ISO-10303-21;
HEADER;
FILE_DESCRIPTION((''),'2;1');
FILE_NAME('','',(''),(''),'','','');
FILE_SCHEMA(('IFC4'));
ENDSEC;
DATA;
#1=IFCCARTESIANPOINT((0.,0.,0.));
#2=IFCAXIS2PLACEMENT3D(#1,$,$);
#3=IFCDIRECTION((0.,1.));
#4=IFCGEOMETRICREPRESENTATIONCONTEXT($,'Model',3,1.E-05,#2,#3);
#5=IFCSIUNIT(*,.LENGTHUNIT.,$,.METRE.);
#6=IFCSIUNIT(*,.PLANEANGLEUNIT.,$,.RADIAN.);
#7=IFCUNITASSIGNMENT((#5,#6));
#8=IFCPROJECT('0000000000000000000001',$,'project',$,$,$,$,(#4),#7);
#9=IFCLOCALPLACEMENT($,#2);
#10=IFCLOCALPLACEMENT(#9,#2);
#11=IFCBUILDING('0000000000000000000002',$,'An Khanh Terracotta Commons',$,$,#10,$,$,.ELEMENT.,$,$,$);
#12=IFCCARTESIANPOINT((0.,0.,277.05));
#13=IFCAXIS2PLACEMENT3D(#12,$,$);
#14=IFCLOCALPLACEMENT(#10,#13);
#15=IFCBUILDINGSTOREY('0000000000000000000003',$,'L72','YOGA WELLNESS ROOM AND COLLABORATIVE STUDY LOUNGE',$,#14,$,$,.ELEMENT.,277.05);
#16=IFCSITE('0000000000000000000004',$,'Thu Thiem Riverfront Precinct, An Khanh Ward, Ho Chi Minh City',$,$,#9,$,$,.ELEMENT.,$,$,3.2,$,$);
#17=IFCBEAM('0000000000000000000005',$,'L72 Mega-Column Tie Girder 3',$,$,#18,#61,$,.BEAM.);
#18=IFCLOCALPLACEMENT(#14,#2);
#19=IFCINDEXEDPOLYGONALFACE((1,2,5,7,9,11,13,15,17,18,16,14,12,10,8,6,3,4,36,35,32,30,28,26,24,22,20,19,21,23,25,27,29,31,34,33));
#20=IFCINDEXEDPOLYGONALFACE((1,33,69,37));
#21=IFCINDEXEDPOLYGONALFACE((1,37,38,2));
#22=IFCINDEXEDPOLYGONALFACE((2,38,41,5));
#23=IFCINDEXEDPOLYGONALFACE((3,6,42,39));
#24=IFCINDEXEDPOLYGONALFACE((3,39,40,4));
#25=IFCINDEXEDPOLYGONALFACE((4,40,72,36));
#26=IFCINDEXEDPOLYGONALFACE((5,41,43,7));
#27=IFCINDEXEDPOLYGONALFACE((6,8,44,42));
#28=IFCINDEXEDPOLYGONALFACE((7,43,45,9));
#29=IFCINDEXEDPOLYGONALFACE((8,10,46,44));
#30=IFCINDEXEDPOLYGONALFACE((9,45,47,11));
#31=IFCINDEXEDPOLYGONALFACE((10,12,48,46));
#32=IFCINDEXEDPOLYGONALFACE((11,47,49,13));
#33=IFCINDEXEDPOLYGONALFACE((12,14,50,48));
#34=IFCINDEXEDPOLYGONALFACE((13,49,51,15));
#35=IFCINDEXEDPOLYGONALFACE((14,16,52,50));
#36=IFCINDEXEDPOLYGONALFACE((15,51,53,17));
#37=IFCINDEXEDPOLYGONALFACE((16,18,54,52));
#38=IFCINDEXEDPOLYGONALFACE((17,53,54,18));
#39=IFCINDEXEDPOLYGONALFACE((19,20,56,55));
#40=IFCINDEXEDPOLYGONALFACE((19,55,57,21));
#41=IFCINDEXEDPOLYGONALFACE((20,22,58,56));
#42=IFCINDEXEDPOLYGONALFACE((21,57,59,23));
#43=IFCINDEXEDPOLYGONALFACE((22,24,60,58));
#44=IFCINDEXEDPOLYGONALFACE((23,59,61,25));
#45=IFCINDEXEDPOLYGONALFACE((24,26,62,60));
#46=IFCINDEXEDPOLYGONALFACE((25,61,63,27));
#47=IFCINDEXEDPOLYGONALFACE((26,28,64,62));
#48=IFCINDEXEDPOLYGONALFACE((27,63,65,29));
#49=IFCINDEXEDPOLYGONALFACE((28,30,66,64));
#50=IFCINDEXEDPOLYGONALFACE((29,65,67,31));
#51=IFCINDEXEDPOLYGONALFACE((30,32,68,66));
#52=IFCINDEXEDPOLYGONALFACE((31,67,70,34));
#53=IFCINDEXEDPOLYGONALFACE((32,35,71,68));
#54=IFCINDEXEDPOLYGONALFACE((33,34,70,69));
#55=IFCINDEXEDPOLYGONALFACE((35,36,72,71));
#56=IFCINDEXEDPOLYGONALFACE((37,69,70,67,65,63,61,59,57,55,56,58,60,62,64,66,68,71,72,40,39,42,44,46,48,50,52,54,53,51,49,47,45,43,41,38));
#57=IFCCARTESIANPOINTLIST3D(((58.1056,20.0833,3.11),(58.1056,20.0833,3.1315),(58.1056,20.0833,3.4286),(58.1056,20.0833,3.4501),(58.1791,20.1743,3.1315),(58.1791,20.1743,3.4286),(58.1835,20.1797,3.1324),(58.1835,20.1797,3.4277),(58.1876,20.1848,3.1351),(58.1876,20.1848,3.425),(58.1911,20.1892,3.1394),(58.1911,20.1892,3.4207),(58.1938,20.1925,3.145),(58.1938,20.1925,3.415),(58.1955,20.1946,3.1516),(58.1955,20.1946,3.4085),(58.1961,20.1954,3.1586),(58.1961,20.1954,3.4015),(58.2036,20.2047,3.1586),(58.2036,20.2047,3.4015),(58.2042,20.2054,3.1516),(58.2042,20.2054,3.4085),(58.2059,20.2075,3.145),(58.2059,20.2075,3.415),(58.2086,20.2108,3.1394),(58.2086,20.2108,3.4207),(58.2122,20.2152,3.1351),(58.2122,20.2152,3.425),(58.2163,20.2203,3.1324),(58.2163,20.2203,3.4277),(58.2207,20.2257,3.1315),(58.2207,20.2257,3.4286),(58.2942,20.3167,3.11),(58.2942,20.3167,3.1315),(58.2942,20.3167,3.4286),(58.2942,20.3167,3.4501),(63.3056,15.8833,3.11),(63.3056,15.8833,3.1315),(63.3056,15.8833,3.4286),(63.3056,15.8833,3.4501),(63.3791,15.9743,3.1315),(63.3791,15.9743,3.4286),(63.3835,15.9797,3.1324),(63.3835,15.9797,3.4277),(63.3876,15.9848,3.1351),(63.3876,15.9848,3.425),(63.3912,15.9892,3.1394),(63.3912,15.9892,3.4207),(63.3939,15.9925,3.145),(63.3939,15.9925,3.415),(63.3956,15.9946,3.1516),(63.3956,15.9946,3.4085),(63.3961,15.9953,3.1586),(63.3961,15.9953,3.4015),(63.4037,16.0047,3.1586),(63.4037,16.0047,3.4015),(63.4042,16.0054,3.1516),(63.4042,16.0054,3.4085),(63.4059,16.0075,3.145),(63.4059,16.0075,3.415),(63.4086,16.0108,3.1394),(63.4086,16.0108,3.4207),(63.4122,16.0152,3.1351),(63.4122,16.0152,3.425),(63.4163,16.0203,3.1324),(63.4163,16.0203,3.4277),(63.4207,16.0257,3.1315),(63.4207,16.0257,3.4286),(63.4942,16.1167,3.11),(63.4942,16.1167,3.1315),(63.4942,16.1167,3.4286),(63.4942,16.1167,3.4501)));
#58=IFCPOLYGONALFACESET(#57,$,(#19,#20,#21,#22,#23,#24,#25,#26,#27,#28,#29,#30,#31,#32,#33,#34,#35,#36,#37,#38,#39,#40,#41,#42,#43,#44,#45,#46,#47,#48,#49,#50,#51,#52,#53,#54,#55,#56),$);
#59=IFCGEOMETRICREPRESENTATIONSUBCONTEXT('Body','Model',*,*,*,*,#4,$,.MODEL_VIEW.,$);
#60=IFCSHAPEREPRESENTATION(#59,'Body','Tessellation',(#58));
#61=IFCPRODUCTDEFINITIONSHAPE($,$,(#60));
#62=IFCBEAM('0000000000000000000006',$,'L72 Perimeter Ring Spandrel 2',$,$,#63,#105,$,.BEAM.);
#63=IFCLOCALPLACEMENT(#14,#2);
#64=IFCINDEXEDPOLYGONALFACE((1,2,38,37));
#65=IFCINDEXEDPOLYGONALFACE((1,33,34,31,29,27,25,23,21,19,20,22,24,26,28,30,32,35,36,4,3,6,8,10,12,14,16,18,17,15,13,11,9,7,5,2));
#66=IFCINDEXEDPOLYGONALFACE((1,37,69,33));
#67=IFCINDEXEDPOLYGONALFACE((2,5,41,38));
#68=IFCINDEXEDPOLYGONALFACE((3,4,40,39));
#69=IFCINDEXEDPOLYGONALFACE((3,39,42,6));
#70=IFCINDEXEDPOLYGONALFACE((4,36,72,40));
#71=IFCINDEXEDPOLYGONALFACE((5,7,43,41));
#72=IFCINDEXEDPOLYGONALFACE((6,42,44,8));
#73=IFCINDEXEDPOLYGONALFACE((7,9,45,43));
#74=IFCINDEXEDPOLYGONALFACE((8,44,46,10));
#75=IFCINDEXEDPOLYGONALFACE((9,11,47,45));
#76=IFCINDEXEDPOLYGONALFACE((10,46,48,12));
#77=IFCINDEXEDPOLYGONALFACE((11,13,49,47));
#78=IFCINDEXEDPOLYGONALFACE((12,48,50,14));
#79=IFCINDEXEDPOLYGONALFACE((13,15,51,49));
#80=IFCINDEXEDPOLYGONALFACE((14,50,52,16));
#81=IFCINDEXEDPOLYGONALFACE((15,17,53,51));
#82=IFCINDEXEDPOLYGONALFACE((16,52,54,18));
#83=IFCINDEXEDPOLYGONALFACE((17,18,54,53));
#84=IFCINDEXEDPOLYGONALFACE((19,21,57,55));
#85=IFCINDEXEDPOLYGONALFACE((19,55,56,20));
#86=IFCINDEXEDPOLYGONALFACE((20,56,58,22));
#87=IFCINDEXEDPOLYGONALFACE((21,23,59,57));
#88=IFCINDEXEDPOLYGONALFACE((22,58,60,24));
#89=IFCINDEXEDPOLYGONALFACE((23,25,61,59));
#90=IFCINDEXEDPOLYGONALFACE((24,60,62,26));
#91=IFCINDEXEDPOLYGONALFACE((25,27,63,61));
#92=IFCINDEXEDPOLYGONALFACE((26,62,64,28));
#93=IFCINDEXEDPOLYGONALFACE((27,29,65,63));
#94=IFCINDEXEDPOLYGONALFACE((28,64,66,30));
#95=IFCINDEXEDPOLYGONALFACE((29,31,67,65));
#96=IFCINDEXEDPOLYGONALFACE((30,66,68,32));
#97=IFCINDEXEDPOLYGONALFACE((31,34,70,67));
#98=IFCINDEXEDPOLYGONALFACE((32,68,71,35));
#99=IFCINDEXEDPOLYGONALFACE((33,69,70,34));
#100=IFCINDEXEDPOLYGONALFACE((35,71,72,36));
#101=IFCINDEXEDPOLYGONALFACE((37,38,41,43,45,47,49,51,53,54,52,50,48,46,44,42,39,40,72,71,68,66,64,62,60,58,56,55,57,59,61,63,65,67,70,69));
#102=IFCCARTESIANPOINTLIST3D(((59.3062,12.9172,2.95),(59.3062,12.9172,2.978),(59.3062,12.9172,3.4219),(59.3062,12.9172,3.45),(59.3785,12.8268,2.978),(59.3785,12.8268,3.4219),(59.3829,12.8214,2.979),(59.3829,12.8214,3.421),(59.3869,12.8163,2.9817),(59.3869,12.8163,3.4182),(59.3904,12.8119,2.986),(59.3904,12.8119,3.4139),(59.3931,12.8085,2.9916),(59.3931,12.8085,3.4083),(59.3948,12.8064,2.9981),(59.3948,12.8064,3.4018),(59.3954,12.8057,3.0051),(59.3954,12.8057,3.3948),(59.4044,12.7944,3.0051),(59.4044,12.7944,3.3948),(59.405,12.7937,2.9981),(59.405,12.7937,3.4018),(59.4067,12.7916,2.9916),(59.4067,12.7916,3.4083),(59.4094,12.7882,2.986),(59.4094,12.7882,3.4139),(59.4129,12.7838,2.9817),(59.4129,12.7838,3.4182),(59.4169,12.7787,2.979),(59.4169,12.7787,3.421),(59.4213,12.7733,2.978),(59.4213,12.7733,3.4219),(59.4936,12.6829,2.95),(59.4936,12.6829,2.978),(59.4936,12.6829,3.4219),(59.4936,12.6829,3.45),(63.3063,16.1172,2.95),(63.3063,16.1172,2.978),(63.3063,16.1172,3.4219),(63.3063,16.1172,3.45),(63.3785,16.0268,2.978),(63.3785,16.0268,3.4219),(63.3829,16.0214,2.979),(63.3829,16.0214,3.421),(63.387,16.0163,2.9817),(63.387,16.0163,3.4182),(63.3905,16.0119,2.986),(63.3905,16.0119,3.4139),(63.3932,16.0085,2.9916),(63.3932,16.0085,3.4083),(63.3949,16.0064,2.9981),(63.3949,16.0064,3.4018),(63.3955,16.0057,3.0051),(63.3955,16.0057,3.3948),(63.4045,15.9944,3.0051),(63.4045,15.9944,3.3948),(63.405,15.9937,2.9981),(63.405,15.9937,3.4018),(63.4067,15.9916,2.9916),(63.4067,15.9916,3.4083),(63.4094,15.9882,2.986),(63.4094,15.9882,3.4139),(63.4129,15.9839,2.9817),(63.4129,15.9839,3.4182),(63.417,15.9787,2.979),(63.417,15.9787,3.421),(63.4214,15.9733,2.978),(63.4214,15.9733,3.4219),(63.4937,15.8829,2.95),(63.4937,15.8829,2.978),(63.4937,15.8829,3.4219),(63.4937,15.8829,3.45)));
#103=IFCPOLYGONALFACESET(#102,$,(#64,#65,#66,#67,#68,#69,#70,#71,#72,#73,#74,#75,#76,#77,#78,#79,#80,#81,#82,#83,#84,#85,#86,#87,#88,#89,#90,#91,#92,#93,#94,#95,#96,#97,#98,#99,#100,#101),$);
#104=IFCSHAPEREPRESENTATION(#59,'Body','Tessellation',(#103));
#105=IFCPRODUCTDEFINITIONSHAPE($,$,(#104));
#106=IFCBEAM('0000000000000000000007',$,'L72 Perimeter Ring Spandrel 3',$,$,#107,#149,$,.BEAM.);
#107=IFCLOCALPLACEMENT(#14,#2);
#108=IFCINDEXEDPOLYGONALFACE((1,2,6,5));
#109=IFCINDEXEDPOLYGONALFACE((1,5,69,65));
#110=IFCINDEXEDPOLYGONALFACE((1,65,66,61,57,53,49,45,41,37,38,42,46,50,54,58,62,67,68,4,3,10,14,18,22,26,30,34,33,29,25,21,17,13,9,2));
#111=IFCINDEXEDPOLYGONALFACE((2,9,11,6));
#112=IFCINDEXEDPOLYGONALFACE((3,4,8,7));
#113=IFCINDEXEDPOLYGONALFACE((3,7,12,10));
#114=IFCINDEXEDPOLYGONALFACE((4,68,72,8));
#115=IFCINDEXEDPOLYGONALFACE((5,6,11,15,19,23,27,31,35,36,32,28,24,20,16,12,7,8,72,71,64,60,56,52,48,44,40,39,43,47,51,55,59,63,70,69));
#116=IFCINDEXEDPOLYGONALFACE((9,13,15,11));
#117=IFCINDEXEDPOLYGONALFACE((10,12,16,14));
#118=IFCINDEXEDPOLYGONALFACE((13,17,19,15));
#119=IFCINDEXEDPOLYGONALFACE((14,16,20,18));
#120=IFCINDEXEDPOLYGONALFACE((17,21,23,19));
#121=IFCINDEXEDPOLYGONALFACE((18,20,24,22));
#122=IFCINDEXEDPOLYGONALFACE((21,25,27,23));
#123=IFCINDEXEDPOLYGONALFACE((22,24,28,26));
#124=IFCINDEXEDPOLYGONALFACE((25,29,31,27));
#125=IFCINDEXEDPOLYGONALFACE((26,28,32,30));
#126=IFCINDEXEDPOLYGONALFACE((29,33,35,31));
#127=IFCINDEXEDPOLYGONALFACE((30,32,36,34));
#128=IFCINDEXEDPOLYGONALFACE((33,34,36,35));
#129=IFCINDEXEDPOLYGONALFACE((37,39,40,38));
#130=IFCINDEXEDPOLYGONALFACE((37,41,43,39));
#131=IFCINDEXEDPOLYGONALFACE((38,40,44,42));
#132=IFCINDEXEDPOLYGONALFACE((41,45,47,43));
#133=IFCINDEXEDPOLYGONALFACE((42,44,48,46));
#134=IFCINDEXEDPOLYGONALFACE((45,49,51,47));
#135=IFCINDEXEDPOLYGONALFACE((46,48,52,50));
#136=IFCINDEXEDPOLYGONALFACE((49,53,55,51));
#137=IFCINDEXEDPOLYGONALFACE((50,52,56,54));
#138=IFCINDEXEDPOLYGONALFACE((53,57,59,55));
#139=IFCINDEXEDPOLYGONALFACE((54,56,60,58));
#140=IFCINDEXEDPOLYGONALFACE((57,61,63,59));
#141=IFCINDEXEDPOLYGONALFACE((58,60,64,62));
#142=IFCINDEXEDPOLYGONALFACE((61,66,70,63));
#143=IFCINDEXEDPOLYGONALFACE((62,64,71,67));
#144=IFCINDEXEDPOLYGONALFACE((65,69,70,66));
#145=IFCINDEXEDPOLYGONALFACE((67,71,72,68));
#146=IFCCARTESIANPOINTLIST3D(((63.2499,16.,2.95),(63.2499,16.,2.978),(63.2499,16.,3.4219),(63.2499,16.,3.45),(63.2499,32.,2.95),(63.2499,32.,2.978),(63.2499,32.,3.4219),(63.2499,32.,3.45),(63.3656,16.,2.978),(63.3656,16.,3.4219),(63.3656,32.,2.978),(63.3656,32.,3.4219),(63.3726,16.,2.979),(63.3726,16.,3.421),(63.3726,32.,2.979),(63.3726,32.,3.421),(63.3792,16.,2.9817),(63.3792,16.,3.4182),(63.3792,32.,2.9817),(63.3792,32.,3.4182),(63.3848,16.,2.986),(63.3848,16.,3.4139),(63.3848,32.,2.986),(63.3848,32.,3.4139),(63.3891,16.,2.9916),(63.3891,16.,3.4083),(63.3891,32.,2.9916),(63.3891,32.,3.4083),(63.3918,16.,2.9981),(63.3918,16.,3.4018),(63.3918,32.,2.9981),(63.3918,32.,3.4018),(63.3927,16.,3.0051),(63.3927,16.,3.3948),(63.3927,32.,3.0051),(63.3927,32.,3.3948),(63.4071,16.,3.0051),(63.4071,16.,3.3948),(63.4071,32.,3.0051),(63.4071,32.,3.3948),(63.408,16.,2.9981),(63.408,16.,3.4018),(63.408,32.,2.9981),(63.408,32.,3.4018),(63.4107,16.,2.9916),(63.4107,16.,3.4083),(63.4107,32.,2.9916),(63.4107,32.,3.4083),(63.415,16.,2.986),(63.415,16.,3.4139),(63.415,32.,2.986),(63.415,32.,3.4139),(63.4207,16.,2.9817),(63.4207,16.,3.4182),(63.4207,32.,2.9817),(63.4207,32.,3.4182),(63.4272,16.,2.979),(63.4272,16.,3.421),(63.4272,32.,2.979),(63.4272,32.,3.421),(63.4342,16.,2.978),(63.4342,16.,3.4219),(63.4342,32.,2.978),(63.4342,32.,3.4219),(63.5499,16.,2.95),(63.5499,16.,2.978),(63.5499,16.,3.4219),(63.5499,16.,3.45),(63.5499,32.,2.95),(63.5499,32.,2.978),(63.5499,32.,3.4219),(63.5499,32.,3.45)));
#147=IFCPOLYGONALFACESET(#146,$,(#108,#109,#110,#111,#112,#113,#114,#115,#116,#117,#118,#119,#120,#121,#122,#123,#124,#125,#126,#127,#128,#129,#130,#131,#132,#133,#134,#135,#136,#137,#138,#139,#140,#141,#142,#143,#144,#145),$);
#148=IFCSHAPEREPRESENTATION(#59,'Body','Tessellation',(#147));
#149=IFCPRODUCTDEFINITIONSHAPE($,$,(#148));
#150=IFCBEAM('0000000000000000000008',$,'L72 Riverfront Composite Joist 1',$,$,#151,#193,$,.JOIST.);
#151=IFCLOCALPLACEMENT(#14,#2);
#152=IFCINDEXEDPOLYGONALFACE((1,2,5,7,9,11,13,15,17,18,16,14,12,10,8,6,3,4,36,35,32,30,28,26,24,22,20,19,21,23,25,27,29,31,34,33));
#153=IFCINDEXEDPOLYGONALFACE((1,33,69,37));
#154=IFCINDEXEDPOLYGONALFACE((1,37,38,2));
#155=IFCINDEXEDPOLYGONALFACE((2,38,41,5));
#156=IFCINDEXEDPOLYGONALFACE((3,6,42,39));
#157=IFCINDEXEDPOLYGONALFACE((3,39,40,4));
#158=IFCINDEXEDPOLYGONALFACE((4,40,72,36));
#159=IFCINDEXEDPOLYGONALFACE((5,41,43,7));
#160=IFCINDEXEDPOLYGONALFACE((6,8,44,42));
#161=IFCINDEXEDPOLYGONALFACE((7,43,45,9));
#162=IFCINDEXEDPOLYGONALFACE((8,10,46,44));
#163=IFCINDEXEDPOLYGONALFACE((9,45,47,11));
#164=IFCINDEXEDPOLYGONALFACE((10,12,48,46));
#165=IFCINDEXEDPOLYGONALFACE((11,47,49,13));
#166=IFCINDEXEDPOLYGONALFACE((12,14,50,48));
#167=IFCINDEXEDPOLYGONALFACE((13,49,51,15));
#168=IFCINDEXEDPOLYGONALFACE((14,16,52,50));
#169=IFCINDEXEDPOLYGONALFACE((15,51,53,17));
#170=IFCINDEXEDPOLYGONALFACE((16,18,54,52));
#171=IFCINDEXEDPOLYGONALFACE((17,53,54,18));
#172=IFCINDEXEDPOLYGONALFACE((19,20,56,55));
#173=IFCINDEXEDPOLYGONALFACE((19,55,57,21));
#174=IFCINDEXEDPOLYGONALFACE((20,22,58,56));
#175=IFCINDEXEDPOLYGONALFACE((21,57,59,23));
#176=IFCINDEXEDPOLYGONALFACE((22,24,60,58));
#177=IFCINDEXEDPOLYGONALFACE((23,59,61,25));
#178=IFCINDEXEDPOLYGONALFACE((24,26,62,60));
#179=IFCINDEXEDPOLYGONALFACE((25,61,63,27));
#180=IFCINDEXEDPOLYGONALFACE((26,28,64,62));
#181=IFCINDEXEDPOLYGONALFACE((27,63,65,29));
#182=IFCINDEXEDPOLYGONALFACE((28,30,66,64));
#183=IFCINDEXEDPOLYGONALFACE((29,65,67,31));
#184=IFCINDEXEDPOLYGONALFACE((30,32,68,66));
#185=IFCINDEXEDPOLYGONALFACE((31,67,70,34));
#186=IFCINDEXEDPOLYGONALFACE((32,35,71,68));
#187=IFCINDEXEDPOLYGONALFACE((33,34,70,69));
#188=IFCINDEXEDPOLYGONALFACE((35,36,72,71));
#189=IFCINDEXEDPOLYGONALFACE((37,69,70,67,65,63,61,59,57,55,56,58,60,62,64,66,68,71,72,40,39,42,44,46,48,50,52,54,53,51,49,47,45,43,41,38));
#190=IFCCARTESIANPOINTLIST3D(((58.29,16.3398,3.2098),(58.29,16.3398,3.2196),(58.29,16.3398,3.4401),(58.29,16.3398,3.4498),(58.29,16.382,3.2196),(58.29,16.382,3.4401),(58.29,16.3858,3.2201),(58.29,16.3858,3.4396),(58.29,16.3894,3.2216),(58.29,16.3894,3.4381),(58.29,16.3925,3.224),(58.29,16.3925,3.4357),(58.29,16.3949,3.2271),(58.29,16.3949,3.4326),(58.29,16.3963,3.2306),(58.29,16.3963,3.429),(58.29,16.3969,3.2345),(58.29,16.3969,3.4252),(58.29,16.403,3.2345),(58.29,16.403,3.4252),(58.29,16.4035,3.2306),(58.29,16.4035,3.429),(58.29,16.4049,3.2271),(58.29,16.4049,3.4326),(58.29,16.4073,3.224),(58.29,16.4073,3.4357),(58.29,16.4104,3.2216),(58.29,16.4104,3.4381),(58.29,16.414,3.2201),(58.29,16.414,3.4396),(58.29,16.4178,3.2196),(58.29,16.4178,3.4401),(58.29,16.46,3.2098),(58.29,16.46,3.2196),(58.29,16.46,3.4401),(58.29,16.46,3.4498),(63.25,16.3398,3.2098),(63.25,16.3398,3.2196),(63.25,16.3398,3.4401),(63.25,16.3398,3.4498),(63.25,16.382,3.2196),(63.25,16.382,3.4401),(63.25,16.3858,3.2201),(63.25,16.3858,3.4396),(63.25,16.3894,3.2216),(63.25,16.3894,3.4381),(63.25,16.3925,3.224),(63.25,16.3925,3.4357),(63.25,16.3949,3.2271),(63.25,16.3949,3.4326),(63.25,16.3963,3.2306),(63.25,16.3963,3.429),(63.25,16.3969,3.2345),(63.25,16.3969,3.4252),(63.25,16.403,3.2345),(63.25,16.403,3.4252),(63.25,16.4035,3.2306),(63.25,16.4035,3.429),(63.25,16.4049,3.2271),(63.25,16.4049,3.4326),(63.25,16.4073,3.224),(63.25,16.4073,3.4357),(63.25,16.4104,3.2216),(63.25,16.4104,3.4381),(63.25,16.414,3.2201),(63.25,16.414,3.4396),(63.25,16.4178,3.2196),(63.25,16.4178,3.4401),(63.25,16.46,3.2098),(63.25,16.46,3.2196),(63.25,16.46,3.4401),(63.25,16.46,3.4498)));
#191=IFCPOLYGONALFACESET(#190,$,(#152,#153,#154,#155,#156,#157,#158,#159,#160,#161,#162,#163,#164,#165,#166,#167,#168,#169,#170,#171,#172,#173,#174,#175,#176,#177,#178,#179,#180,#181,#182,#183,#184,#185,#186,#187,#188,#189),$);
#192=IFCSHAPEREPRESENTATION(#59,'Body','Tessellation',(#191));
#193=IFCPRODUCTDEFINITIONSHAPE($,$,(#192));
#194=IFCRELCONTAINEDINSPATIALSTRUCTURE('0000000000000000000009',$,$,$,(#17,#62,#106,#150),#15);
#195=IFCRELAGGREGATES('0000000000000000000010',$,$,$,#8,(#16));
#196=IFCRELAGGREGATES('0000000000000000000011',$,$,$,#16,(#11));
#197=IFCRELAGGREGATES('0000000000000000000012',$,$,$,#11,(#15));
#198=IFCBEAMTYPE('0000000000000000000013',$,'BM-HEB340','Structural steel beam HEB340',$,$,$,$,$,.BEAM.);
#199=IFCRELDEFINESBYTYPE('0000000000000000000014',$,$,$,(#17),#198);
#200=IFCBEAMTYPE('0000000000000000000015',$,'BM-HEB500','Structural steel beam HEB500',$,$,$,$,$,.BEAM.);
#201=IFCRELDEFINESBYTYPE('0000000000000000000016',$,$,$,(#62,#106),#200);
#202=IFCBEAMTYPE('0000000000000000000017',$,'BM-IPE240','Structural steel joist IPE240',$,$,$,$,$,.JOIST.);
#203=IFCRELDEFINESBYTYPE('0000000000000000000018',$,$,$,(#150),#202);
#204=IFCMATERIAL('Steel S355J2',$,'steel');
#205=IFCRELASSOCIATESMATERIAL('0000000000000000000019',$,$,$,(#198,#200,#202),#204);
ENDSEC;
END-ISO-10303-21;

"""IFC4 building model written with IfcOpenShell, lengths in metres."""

from ifc_helpers import new_model, si_unit, direction, frame, origin, origin_2d, place, context, subcontext, project, spatial, i_section, extrude, material, material_profile, profile_set, type_object, element, save


model = new_model("IFC4")

# Units and contexts
model_context = context("Model", 3, precision=1e-05, world=origin(), true_north=direction((0.0, 1.0)))
body_context = subcontext(model_context, "Body", "Model", "MODEL_VIEW")
ifc_project = project(units=[si_unit("LENGTHUNIT", "METRE"), si_unit("PLANEANGLEUNIT", "RADIAN")], contexts=[model_context])

# Site, building, storey
site_placement = place(None, origin())
site = spatial("IfcSite", under=ifc_project, at=site_placement, Name="Thu Thiem Riverfront Precinct, An Khanh Ward, Ho Chi Minh City", CompositionType="ELEMENT", RefElevation=3.2)
building_placement = place(site_placement, origin())
building = spatial("IfcBuilding", under=site, at=building_placement, Name="An Khanh Terracotta Commons", CompositionType="ELEMENT")
storey_placement = place(building_placement, frame((0.0, 0.0, 277.05)))
storey = spatial("IfcBuildingStorey", under=building, at=storey_placement, Name="L72", Description="YOGA WELLNESS ROOM AND COLLABORATIVE STUDY LOUNGE", CompositionType="ELEMENT", Elevation=277.05)

# Beams
ifc_material_1 = material(Name="Steel S355J2", Category="steel")
ifc_material_profile_1 = material_profile(ifc_material_1, i_section(OverallWidth=0.3, OverallDepth=0.3401, WebThickness=0.012, FlangeThickness=0.0215, FilletRadius=0.0271, at=origin_2d()), Name="HEB340")
ifc_profile_set_1 = profile_set([ifc_material_profile_1], Name="Steel S355J2")
beam_type_1 = type_object("IfcBeamType", Name="BM-HEB340", Description="Structural steel beam HEB340", PredefinedType="BEAM", material=ifc_profile_set_1)
beam_1_placement = place(storey_placement, frame((63.3999, 16.0, 3.28), z_axis=(-0.777942, 0.628336, 0.0), x_axis=(-0.628336, -0.777942, 0.0)))
element("IfcBeam", 1, at=beam_1_placement, inside=storey, type_object=beam_type_1, Name="L72 Mega-Column Tie Girder 3", PredefinedType="BEAM", context=body_context, shape_type="SweptSolid", body=[
    extrude(i_section(OverallWidth=0.3, OverallDepth=0.3401, WebThickness=0.012, FlangeThickness=0.0215, FilletRadius=0.0271, at=origin_2d()), origin(), (0.0, 0.0, 1.0), 6.6843),
])
ifc_material_profile_2 = material_profile(ifc_material_1, i_section(OverallWidth=0.3, OverallDepth=0.5, WebThickness=0.0144, FlangeThickness=0.0281, FilletRadius=0.0271, at=origin_2d()), Name="HEB500")
ifc_profile_set_2 = profile_set([ifc_material_profile_2], Name="Steel S355J2")
beam_type_2 = type_object("IfcBeamType", Name="BM-HEB500", Description="Structural steel beam HEB500", PredefinedType="BEAM", material=ifc_profile_set_2)
beam_2_placement = place(storey_placement, frame((59.3999, 12.8, 3.2), z_axis=(0.780873, 0.624689, 0.0), x_axis=(-0.624689, 0.780873, 0.0)))
element("IfcBeam", 2, at=beam_2_placement, inside=storey, type_object=beam_type_2, Name="L72 Perimeter Ring Spandrel 2", PredefinedType="BEAM", context=body_context, shape_type="SweptSolid", body=[
    extrude(i_section(OverallWidth=0.3, OverallDepth=0.5, WebThickness=0.0144, FlangeThickness=0.0281, FilletRadius=0.0271, at=origin_2d()), origin(), (0.0, 0.0, 1.0), 5.1226),
])
beam_3_placement = place(storey_placement, frame((63.3999, 16.0, 3.2), z_axis=(0.0, 1.0, 0.0), x_axis=(-1.0, 0.0, 0.0)))
element("IfcBeam", 3, at=beam_3_placement, inside=storey, type_object=beam_type_2, Name="L72 Perimeter Ring Spandrel 3", PredefinedType="BEAM", context=body_context, shape_type="SweptSolid", body=[
    extrude(i_section(OverallWidth=0.3, OverallDepth=0.5, WebThickness=0.0144, FlangeThickness=0.0281, FilletRadius=0.0271, at=origin_2d()), origin(), (0.0, 0.0, 1.0), 16.0),
])
ifc_material_profile_3 = material_profile(ifc_material_1, i_section(OverallWidth=0.1201, OverallDepth=0.24, WebThickness=0.0061, FlangeThickness=0.0098, FilletRadius=0.0149, at=origin_2d()), Name="IPE240")
ifc_profile_set_3 = profile_set([ifc_material_profile_3], Name="Steel S355J2")
beam_type_3 = type_object("IfcBeamType", Name="BM-IPE240", Description="Structural steel joist IPE240", PredefinedType="JOIST", material=ifc_profile_set_3)
for number, where, z_axis, x_axis, name in (
    (4, (58.29, 16.3999, 3.3298), (1.0, 0.0, 0.0), (0.0, 1.0, 0.0), "L72 Riverfront Composite Joist 1"),
):
    element("IfcBeam", number, at=place(storey_placement, frame(where, z_axis=z_axis, x_axis=x_axis)), inside=storey, type_object=beam_type_3, Name=name, PredefinedType="JOIST", context=body_context, shape_type="SweptSolid", body=[
        extrude(i_section(OverallWidth=0.1201, OverallDepth=0.24, WebThickness=0.0061, FlangeThickness=0.0098, FilletRadius=0.0149, at=origin_2d()), origin(), (0.0, 0.0, 1.0), 4.96),
    ])

save(model, "model.ifc")
